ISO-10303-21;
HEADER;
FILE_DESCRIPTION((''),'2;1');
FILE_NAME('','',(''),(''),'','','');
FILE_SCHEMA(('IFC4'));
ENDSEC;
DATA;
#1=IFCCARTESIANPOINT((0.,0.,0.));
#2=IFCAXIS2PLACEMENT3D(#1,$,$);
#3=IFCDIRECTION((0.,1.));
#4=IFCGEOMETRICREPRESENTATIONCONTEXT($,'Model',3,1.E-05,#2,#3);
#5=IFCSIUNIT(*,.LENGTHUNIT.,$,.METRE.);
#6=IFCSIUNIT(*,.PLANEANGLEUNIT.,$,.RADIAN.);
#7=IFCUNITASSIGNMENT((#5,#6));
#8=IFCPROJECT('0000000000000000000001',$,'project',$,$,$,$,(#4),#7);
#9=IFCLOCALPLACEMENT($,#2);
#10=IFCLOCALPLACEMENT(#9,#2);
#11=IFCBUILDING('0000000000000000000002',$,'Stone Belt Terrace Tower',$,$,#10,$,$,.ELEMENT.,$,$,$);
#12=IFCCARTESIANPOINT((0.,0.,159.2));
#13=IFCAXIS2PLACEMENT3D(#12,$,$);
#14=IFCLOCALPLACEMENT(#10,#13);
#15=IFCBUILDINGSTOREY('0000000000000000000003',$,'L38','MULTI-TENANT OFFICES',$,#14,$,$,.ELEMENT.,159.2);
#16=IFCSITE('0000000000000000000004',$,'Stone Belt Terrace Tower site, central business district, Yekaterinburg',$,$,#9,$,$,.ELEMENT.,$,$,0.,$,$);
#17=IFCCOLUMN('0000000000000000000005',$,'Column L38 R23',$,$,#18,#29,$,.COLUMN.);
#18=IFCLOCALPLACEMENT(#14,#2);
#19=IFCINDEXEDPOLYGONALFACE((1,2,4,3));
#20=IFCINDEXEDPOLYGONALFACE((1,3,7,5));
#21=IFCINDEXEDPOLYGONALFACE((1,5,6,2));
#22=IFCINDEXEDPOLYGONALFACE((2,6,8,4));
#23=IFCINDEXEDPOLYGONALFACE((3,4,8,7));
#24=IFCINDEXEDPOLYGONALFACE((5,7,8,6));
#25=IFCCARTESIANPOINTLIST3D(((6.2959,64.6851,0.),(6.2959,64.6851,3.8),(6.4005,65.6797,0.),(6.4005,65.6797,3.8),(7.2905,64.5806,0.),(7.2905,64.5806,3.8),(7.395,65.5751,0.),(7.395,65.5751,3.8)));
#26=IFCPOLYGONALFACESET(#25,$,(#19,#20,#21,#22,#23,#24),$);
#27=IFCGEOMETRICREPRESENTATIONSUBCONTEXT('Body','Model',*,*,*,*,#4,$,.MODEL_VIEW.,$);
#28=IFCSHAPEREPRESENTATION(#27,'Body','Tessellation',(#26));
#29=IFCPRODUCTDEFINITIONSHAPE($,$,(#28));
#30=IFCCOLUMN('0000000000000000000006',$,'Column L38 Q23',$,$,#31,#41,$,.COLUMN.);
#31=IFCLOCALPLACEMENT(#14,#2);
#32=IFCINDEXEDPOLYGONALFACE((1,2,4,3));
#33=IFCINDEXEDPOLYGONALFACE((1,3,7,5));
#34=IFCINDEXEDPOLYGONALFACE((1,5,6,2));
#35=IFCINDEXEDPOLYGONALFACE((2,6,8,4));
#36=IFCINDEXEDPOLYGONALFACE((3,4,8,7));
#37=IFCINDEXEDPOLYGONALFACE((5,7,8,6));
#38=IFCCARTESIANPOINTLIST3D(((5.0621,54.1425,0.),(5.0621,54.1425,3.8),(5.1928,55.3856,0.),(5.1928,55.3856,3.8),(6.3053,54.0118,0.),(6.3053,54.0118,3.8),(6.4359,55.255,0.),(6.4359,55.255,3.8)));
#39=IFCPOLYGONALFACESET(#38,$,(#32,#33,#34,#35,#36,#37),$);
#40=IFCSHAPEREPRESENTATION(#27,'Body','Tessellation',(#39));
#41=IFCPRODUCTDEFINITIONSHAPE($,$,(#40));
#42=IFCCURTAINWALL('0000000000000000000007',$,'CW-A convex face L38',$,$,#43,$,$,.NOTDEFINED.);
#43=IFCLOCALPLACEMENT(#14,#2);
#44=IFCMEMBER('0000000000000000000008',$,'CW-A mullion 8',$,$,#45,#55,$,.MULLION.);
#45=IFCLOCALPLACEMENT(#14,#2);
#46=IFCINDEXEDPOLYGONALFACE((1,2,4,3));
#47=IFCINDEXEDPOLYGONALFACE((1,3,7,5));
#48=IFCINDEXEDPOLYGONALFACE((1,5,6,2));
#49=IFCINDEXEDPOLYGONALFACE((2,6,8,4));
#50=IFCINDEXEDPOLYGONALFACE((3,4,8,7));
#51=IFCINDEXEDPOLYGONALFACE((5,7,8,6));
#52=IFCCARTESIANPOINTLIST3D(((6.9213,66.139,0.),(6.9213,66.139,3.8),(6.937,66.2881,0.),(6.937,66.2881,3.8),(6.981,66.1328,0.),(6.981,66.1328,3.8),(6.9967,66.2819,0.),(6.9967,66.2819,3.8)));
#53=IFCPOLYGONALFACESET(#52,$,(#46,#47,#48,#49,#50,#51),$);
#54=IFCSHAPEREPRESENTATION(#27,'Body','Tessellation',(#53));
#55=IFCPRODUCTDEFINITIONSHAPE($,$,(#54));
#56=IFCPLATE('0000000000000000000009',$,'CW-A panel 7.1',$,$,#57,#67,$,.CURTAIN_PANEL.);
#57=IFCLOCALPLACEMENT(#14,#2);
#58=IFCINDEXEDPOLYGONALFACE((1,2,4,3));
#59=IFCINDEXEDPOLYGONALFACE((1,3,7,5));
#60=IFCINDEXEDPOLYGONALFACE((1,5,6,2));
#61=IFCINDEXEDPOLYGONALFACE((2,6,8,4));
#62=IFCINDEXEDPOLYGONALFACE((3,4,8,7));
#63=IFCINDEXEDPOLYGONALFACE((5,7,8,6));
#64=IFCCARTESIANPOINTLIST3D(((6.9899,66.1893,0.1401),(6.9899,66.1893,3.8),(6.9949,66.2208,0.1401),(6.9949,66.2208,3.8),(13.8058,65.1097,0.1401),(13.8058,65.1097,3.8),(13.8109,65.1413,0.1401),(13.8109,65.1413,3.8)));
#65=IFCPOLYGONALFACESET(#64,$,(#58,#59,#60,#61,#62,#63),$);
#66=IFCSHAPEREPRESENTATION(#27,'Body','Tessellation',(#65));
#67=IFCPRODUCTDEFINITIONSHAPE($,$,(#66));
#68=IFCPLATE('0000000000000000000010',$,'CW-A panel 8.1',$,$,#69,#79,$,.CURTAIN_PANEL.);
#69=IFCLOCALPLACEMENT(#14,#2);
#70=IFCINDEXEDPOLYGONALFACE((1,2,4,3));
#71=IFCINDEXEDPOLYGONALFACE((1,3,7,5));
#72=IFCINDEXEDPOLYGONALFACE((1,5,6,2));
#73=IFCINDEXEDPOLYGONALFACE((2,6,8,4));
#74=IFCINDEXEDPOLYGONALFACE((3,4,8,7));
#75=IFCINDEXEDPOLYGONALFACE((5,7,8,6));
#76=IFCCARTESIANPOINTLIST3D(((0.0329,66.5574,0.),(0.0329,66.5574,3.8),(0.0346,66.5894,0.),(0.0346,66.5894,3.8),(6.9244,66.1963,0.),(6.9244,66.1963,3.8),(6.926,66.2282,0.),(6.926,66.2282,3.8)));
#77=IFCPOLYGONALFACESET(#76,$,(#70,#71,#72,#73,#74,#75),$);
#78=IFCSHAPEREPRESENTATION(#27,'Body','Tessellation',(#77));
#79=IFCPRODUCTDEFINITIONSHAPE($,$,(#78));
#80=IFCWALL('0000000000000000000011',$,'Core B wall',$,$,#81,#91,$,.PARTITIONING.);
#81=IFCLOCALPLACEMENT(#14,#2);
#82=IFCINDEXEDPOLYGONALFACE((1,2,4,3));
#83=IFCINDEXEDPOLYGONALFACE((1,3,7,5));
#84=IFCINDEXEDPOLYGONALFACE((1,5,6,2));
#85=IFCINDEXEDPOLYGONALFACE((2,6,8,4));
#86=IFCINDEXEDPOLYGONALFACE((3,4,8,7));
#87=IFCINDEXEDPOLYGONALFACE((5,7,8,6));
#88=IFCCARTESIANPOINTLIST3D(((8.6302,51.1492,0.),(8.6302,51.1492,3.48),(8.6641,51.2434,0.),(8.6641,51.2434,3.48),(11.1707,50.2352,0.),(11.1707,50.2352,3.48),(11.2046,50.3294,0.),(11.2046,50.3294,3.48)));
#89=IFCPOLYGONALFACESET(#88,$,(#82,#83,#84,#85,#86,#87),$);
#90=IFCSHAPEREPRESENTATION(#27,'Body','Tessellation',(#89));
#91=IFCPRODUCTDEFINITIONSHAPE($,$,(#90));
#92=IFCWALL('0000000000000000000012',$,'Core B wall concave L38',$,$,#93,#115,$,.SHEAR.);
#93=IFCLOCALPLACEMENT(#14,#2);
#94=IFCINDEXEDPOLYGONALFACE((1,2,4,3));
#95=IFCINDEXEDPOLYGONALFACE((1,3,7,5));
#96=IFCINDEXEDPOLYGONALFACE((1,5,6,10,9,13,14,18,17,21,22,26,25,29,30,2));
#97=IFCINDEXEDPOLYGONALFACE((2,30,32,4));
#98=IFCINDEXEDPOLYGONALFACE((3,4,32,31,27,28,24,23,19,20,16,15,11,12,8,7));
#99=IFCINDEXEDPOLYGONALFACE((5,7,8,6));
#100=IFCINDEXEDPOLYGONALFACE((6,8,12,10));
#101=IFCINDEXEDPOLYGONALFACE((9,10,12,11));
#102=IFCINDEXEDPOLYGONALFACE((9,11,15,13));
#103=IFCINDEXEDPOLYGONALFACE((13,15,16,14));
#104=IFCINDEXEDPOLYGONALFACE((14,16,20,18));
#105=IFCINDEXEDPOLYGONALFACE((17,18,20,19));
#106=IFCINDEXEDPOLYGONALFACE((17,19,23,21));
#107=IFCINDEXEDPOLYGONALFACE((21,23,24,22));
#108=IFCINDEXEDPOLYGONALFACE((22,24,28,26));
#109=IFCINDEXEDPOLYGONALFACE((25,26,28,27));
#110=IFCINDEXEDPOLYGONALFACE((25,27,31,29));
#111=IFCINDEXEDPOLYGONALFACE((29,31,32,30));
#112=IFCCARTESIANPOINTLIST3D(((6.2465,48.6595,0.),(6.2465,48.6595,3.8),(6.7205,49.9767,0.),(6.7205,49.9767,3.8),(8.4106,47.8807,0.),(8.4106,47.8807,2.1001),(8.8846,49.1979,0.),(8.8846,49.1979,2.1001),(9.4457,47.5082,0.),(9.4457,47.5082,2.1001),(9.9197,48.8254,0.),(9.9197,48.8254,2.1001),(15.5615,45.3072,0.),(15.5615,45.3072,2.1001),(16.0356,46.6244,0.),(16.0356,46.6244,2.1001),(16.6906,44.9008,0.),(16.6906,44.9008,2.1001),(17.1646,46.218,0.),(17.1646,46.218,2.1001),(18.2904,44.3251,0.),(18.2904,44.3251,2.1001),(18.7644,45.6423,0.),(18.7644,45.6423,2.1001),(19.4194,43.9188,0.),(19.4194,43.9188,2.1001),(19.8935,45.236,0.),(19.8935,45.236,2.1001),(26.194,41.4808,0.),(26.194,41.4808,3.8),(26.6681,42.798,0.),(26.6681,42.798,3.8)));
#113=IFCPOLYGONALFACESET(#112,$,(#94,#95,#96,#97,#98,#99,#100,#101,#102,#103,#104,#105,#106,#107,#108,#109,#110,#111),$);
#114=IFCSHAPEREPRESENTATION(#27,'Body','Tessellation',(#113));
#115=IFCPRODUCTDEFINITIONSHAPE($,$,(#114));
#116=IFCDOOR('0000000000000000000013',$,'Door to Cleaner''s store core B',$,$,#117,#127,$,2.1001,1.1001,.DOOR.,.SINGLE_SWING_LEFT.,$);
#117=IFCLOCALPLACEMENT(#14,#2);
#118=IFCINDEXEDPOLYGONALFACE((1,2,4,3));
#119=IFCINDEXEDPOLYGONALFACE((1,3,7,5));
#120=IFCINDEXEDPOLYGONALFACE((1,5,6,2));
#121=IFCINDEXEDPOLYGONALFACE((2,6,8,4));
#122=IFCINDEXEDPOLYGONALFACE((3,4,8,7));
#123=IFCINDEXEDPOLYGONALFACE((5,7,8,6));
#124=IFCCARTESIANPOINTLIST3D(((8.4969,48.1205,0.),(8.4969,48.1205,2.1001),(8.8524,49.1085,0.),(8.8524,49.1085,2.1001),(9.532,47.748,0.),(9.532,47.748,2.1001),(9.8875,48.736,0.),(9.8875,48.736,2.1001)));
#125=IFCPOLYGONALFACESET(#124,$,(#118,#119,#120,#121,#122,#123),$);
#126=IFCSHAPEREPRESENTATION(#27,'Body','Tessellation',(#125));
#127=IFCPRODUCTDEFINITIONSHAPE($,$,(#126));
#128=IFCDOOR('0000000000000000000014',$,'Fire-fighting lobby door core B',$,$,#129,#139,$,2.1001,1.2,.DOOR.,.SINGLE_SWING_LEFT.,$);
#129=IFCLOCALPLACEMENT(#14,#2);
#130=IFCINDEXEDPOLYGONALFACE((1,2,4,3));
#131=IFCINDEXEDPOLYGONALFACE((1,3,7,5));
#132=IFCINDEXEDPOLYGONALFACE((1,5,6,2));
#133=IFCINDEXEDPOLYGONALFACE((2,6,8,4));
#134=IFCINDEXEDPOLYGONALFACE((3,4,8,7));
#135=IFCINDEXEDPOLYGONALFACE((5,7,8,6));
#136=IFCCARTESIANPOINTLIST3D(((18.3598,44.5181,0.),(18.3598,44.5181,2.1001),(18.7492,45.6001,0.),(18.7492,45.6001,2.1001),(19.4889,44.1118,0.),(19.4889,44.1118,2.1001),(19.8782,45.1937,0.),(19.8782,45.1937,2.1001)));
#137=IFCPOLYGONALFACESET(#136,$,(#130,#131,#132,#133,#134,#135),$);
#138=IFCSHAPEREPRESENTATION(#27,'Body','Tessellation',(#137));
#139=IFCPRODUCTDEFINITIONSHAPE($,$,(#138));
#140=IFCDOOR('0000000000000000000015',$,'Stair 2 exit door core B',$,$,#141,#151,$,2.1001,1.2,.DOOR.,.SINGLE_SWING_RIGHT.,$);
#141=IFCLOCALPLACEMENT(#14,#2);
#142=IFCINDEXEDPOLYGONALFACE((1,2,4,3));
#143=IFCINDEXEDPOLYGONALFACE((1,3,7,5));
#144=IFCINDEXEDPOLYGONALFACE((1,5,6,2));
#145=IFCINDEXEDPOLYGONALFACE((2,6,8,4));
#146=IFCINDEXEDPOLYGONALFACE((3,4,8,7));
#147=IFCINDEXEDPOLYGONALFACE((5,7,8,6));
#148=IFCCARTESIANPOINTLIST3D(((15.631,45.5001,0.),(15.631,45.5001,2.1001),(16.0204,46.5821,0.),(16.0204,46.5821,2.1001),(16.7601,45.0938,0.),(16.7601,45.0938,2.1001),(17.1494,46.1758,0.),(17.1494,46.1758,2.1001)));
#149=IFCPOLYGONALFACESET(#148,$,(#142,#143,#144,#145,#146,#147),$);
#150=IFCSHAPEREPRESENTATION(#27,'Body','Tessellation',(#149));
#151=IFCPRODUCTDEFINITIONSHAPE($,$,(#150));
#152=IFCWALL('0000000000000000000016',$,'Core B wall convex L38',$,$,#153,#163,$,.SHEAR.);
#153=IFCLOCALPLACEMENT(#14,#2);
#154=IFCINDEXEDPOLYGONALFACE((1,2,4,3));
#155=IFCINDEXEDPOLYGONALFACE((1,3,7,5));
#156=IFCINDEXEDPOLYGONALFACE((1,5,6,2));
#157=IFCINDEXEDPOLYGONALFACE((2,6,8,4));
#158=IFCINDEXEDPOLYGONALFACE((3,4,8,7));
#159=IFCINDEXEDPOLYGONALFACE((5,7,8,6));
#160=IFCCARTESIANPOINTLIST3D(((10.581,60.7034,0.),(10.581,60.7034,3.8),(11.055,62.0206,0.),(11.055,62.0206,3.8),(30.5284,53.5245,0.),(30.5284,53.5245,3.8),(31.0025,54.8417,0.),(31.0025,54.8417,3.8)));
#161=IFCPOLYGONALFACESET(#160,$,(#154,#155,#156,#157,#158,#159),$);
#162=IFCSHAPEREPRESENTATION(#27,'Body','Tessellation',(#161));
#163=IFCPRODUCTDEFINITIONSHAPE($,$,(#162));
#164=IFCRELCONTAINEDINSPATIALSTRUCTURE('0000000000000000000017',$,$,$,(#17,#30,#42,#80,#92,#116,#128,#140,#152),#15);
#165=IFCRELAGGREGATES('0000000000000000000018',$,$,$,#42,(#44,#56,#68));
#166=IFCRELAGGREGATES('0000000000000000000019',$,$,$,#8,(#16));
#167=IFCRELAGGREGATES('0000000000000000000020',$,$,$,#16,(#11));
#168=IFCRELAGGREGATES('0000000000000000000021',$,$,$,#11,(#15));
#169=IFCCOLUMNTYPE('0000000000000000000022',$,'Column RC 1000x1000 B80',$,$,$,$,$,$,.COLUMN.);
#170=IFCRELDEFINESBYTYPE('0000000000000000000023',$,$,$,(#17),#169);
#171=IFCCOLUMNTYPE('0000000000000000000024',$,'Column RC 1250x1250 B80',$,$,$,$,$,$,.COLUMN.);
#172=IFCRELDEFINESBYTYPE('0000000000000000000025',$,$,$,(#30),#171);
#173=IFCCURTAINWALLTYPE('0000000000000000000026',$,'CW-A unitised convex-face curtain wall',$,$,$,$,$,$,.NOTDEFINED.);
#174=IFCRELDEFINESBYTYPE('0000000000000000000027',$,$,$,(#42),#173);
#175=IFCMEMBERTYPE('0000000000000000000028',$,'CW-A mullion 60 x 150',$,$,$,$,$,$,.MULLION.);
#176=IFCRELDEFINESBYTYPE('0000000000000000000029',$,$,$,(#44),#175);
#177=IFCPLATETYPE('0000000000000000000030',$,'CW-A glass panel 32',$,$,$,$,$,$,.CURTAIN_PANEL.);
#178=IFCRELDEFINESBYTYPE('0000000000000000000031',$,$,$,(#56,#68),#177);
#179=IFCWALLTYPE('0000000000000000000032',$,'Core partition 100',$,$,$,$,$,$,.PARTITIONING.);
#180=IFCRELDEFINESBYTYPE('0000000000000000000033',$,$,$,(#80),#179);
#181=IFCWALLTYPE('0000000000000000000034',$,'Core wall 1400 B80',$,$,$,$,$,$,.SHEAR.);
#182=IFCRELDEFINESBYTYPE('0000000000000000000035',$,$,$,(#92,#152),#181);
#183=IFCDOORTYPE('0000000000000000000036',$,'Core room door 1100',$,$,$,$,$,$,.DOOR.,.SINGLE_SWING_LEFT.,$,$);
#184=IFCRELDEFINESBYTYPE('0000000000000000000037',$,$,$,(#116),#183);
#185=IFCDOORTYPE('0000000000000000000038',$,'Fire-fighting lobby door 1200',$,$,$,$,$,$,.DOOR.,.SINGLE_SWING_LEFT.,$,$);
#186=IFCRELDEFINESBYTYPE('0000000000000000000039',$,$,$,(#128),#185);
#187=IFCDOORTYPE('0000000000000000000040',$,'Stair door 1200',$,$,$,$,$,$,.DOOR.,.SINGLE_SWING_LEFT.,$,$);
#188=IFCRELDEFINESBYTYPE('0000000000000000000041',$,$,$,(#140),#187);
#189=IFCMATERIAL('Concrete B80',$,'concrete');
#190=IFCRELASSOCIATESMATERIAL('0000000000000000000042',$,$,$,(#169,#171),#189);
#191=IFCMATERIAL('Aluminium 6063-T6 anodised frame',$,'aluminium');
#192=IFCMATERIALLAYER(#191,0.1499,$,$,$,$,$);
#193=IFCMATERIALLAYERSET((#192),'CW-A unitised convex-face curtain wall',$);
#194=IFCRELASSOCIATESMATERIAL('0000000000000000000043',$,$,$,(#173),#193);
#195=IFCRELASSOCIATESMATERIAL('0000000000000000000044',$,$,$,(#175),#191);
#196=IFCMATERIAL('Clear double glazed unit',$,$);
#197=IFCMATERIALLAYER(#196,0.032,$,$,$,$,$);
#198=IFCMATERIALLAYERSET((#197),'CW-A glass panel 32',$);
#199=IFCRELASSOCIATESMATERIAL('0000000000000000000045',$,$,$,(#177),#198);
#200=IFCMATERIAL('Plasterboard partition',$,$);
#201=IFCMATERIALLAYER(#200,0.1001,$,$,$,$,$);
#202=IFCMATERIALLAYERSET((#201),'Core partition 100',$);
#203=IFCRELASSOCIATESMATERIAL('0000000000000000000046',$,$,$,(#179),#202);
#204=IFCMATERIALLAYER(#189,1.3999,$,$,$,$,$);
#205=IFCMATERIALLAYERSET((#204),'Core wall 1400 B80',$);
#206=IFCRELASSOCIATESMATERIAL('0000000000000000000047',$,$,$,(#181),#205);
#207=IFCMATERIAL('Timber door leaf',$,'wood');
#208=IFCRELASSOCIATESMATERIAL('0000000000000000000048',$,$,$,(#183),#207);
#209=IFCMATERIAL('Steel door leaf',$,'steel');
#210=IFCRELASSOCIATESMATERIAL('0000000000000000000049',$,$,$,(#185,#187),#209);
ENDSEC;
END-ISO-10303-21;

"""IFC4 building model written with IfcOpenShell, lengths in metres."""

from ifc_helpers import new_model, si_unit, direction, frame, frame_2d, origin, origin_2d, place, context, subcontext, project, spatial, rectangle, extrude, material, layer, layer_set, material_profile, profile_set, type_object, element, fill, aggregate, save


model = new_model("IFC4")

# Units and contexts
model_context = context("Model", 3, precision=1e-05, world=origin(), true_north=direction((0.0, 1.0)))
body_context = subcontext(model_context, "Body", "Model", "MODEL_VIEW")
ifc_project = project(units=[si_unit("LENGTHUNIT", "METRE"), si_unit("PLANEANGLEUNIT", "RADIAN")], contexts=[model_context])

# Site, building, storey
site_placement = place(None, origin())
site = spatial("IfcSite", under=ifc_project, at=site_placement, Name="Stone Belt Terrace Tower site, central business district, Yekaterinburg", CompositionType="ELEMENT", RefElevation=0.0)
building_placement = place(site_placement, origin())
building = spatial("IfcBuilding", under=site, at=building_placement, Name="Stone Belt Terrace Tower", CompositionType="ELEMENT")
storey_placement = place(building_placement, frame((0.0, 0.0, 159.2)))
storey = spatial("IfcBuildingStorey", under=building, at=storey_placement, Name="L38", Description="MULTI-TENANT OFFICES", CompositionType="ELEMENT", Elevation=159.2)

# Columns
ifc_material_1 = material(Name="Concrete B80", Category="concrete")
ifc_material_profile_1 = material_profile(ifc_material_1, rectangle(XDim=1.0, YDim=1.0, at=origin_2d()), Name="RC 1000x1000")
ifc_profile_set_1 = profile_set([ifc_material_profile_1], Name="Concrete B80")
column_type_1 = type_object("IfcColumnType", Name="Column RC 1000x1000 B80", PredefinedType="COLUMN", material=ifc_profile_set_1)
column_1_placement = place(storey_placement, frame((6.8455, 65.1301, 0.0), z_axis=(0.0, 0.0, 1.0), x_axis=(0.994522, -0.104528, 0.0)))
element("IfcColumn", 1, at=column_1_placement, inside=storey, type_object=column_type_1, Name="Column L38 R23", PredefinedType="COLUMN", context=body_context, shape_type="SweptSolid", body=[
    extrude(rectangle(XDim=1.0, YDim=1.0, at=origin_2d()), origin(), (0.0, 0.0, 1.0), 3.8),
])
ifc_material_profile_2 = material_profile(ifc_material_1, rectangle(XDim=1.25, YDim=1.25, at=origin_2d()), Name="RC 1250x1250")
ifc_profile_set_2 = profile_set([ifc_material_profile_2], Name="Concrete B80")
column_type_2 = type_object("IfcColumnType", Name="Column RC 1250x1250 B80", PredefinedType="COLUMN", material=ifc_profile_set_2)
column_2_placement = place(storey_placement, frame((5.749, 54.6987, 0.0), z_axis=(0.0, 0.0, 1.0), x_axis=(0.994522, -0.104528, 0.0)))
element("IfcColumn", 2, at=column_2_placement, inside=storey, type_object=column_type_2, Name="Column L38 Q23", PredefinedType="COLUMN", context=body_context, shape_type="SweptSolid", body=[
    extrude(rectangle(XDim=1.25, YDim=1.25, at=origin_2d()), origin(), (0.0, 0.0, 1.0), 3.8),
])

# Curtain wall, member, plates
ifc_material_2 = material(Name="Aluminium 6063-T6 anodised frame", Category="aluminium")
ifc_layer_1 = layer(ifc_material_2, 0.1499)
ifc_layer_set_1 = layer_set([ifc_layer_1], Name="CW-A unitised convex-face curtain wall")
curtain_wall_type = type_object("IfcCurtainWallType", Name="CW-A unitised convex-face curtain wall", PredefinedType="NOTDEFINED", material=ifc_layer_set_1)
curtain_wall_placement = place(storey_placement, origin())
curtain_wall = element("IfcCurtainWall", 3, at=curtain_wall_placement, inside=storey, type_object=curtain_wall_type, Name="CW-A convex face L38", PredefinedType="NOTDEFINED")
ifc_material_profile_3 = material_profile(ifc_material_2, rectangle(XDim=0.1499, YDim=0.0601, at=origin_2d()), Name="Aluminium 6063-T6 60x150")
ifc_profile_set_3 = profile_set([ifc_material_profile_3], Name="Aluminium 6063-T6 anodised frame")
member_type = type_object("IfcMemberType", Name="CW-A mullion 60 x 150", PredefinedType="MULLION", material=ifc_profile_set_3)
member_placement = place(storey_placement, frame((6.959, 66.2104, 0.0), z_axis=(0.0, 0.0, 1.0), x_axis=(-0.104528, -0.994522, 0.0)))
member = element("IfcMember", 4, at=member_placement, type_object=member_type, Name="CW-A mullion 8", PredefinedType="MULLION", context=body_context, shape_type="SweptSolid", body=[
    extrude(rectangle(XDim=0.1499, YDim=0.0601, at=origin_2d()), origin(), (0.0, 0.0, 1.0), 3.8),
])
ifc_material_3 = material(Name="Clear double glazed unit")
ifc_layer_2 = layer(ifc_material_3, 0.032)
ifc_layer_set_2 = layer_set([ifc_layer_2], Name="CW-A glass panel 32")
plate_type = type_object("IfcPlateType", Name="CW-A glass panel 32", PredefinedType="CURTAIN_PANEL", material=ifc_layer_set_2)
plate_1_placement = place(storey_placement, frame((10.4004, 65.6653, 0.1401), z_axis=(0.0, 0.0, 1.0), x_axis=(-0.987688, 0.156434, 0.0)))
plate_1 = element("IfcPlate", 5, at=plate_1_placement, type_object=plate_type, Name="CW-A panel 7.1", PredefinedType="CURTAIN_PANEL", context=body_context, shape_type="SweptSolid", body=[
    extrude(rectangle(XDim=6.9009, YDim=0.032, at=origin_2d()), origin(), (0.0, 0.0, 1.0), 3.6599),
])
plate_2_placement = place(storey_placement, frame((3.4795, 66.3928, 0.0), z_axis=(0.0, 0.0, 1.0), x_axis=(-0.99863, 0.052336, 0.0)))
plate_2 = element("IfcPlate", 6, at=plate_2_placement, type_object=plate_type, Name="CW-A panel 8.1", PredefinedType="CURTAIN_PANEL", context=body_context, shape_type="SweptSolid", body=[
    extrude(rectangle(XDim=6.9009, YDim=0.032, at=origin_2d()), origin(), (0.0, 0.0, 1.0), 3.8),
])
aggregate(curtain_wall, [member, plate_1, plate_2])

# Wall
ifc_material_4 = material(Name="Plasterboard partition")
ifc_layer_3 = layer(ifc_material_4, 0.1001)
ifc_layer_set_3 = layer_set([ifc_layer_3], Name="Core partition 100")
wall_type_1 = type_object("IfcWallType", Name="Core partition 100", PredefinedType="PARTITIONING", material=ifc_layer_set_3)
wall_1_placement = place(storey_placement, frame((11.1877, 50.2822, 0.0), z_axis=(0.0, 0.0, 1.0), x_axis=(-0.94095, 0.338547, 0.0)))
element("IfcWall", 7, at=wall_1_placement, inside=storey, type_object=wall_type_1, Name="Core B wall", PredefinedType="PARTITIONING", context=body_context, shape_type="SweptSolid", body=[
    extrude(rectangle(XDim=2.7, YDim=0.1001, at=frame_2d((1.3501, 0.0))), origin(), (0.0, 0.0, 1.0), 3.48),
])

# Wall, openings, doors
ifc_layer_4 = layer(ifc_material_1, 1.3999)
ifc_layer_set_4 = layer_set([ifc_layer_4], Name="Core wall 1400 B80")
wall_type_2 = type_object("IfcWallType", Name="Core wall 1400 B80", PredefinedType="SHEAR", material=ifc_layer_set_4)
wall_2_placement = place(storey_placement, frame((6.4834, 49.3181, 0.0), z_axis=(0.0, 0.0, 1.0), x_axis=(0.940923, -0.33862, 0.0)))
wall_2 = element("IfcWall", 8, at=wall_2_placement, inside=storey, type_object=wall_type_2, Name="Core B wall concave L38", PredefinedType="SHEAR", context=body_context, shape_type="SweptSolid", body=[
    extrude(rectangle(XDim=21.2, YDim=1.3999, at=frame_2d((10.6001, 0.0))), origin(), (0.0, 0.0, 1.0), 3.8),
])
opening_1_placement = place(wall_2_placement, frame((12.8, 0.0, 0.0)))
opening_1 = element("IfcOpeningElement", 9, at=opening_1_placement, cuts=wall_2, PredefinedType="OPENING", context=body_context, shape_type="SweptSolid", body=[
    extrude(rectangle(XDim=1.2, YDim=2.1001, at=frame_2d((0.6001, 1.05))), frame((0.0, 0.71, 0.0), z_axis=(0.0, -1.0, 0.0), x_axis=(1.0, 0.0, 0.0)), (0.0, 0.0, 1.0), 1.4199),
])
opening_2_placement = place(wall_2_placement, frame((9.8999, 0.0, 0.0)))
opening_2 = element("IfcOpeningElement", 10, at=opening_2_placement, cuts=wall_2, PredefinedType="OPENING", context=body_context, shape_type="SweptSolid", body=[
    extrude(rectangle(XDim=1.2, YDim=2.1001, at=frame_2d((0.6001, 1.05))), frame((0.0, 0.71, 0.0), z_axis=(0.0, -1.0, 0.0), x_axis=(1.0, 0.0, 0.0)), (0.0, 0.0, 1.0), 1.4199),
])
opening_3_placement = place(wall_2_placement, frame((2.3, 0.0, 0.0)))
opening_3 = element("IfcOpeningElement", 11, at=opening_3_placement, cuts=wall_2, PredefinedType="OPENING", context=body_context, shape_type="SweptSolid", body=[
    extrude(rectangle(XDim=1.1001, YDim=2.1001, at=frame_2d((0.55, 1.05))), frame((0.0, 0.71, 0.0), z_axis=(0.0, -1.0, 0.0), x_axis=(1.0, 0.0, 0.0)), (0.0, 0.0, 1.0), 1.4199),
])
ifc_material_5 = material(Name="Timber door leaf", Category="wood")
door_type_1 = type_object("IfcDoorType", Name="Core room door 1100", OperationType="SINGLE_SWING_LEFT", PredefinedType="DOOR", material=ifc_material_5)
door_1_placement = place(opening_3_placement, origin())
door_1 = element("IfcDoor", 12, at=door_1_placement, inside=storey, type_object=door_type_1, Name="Door to Cleaner's store core B", OperationType="SINGLE_SWING_LEFT", OverallHeight=2.1001, OverallWidth=1.1001, PredefinedType="DOOR", context=body_context, shape_type="SweptSolid", body=[
    extrude(rectangle(XDim=1.1001, YDim=2.1001, at=frame_2d((0.55, 1.05))), frame((0.0, 0.605, 0.0), z_axis=(0.0, -1.0, 0.0), x_axis=(1.0, 0.0, 0.0)), (0.0, 0.0, 1.0), 1.05),
])
fill(opening_3, door_1)
ifc_material_6 = material(Name="Steel door leaf", Category="steel")
door_type_2 = type_object("IfcDoorType", Name="Fire-fighting lobby door 1200", OperationType="SINGLE_SWING_LEFT", PredefinedType="DOOR", material=ifc_material_6)
door_2_placement = place(opening_1_placement, origin())
door_2 = element("IfcDoor", 13, at=door_2_placement, inside=storey, type_object=door_type_2, Name="Fire-fighting lobby door core B", OperationType="SINGLE_SWING_LEFT", OverallHeight=2.1001, OverallWidth=1.2, PredefinedType="DOOR", context=body_context, shape_type="SweptSolid", body=[
    extrude(rectangle(XDim=1.2, YDim=2.1001, at=frame_2d((0.6001, 1.05))), frame((0.0, 0.655, 0.0), z_axis=(0.0, -1.0, 0.0), x_axis=(1.0, 0.0, 0.0)), (0.0, 0.0, 1.0), 1.1499),
])
fill(opening_1, door_2)
door_type_3 = type_object("IfcDoorType", Name="Stair door 1200", OperationType="SINGLE_SWING_LEFT", PredefinedType="DOOR", material=ifc_material_6)
door_3_placement = place(opening_2_placement, origin())
door_3 = element("IfcDoor", 14, at=door_3_placement, inside=storey, type_object=door_type_3, Name="Stair 2 exit door core B", OperationType="SINGLE_SWING_RIGHT", OverallHeight=2.1001, OverallWidth=1.2, PredefinedType="DOOR", context=body_context, shape_type="SweptSolid", body=[
    extrude(rectangle(XDim=1.2, YDim=2.1001, at=frame_2d((0.6001, 1.05))), frame((0.0, 0.655, 0.0), z_axis=(0.0, -1.0, 0.0), x_axis=(1.0, 0.0, 0.0)), (0.0, 0.0, 1.0), 1.1499),
])
fill(opening_2, door_3)

# Wall
wall_3_placement = place(storey_placement, frame((10.8179, 61.3621, 0.0), z_axis=(0.0, 0.0, 1.0), x_axis=(0.94092, -0.33863, 0.0)))
element("IfcWall", 15, at=wall_3_placement, inside=storey, type_object=wall_type_2, Name="Core B wall convex L38", PredefinedType="SHEAR", context=body_context, shape_type="SweptSolid", body=[
    extrude(rectangle(XDim=21.2, YDim=1.3999, at=frame_2d((10.6001, 0.0))), origin(), (0.0, 0.0, 1.0), 3.8),
])

save(model, "model.ifc")
